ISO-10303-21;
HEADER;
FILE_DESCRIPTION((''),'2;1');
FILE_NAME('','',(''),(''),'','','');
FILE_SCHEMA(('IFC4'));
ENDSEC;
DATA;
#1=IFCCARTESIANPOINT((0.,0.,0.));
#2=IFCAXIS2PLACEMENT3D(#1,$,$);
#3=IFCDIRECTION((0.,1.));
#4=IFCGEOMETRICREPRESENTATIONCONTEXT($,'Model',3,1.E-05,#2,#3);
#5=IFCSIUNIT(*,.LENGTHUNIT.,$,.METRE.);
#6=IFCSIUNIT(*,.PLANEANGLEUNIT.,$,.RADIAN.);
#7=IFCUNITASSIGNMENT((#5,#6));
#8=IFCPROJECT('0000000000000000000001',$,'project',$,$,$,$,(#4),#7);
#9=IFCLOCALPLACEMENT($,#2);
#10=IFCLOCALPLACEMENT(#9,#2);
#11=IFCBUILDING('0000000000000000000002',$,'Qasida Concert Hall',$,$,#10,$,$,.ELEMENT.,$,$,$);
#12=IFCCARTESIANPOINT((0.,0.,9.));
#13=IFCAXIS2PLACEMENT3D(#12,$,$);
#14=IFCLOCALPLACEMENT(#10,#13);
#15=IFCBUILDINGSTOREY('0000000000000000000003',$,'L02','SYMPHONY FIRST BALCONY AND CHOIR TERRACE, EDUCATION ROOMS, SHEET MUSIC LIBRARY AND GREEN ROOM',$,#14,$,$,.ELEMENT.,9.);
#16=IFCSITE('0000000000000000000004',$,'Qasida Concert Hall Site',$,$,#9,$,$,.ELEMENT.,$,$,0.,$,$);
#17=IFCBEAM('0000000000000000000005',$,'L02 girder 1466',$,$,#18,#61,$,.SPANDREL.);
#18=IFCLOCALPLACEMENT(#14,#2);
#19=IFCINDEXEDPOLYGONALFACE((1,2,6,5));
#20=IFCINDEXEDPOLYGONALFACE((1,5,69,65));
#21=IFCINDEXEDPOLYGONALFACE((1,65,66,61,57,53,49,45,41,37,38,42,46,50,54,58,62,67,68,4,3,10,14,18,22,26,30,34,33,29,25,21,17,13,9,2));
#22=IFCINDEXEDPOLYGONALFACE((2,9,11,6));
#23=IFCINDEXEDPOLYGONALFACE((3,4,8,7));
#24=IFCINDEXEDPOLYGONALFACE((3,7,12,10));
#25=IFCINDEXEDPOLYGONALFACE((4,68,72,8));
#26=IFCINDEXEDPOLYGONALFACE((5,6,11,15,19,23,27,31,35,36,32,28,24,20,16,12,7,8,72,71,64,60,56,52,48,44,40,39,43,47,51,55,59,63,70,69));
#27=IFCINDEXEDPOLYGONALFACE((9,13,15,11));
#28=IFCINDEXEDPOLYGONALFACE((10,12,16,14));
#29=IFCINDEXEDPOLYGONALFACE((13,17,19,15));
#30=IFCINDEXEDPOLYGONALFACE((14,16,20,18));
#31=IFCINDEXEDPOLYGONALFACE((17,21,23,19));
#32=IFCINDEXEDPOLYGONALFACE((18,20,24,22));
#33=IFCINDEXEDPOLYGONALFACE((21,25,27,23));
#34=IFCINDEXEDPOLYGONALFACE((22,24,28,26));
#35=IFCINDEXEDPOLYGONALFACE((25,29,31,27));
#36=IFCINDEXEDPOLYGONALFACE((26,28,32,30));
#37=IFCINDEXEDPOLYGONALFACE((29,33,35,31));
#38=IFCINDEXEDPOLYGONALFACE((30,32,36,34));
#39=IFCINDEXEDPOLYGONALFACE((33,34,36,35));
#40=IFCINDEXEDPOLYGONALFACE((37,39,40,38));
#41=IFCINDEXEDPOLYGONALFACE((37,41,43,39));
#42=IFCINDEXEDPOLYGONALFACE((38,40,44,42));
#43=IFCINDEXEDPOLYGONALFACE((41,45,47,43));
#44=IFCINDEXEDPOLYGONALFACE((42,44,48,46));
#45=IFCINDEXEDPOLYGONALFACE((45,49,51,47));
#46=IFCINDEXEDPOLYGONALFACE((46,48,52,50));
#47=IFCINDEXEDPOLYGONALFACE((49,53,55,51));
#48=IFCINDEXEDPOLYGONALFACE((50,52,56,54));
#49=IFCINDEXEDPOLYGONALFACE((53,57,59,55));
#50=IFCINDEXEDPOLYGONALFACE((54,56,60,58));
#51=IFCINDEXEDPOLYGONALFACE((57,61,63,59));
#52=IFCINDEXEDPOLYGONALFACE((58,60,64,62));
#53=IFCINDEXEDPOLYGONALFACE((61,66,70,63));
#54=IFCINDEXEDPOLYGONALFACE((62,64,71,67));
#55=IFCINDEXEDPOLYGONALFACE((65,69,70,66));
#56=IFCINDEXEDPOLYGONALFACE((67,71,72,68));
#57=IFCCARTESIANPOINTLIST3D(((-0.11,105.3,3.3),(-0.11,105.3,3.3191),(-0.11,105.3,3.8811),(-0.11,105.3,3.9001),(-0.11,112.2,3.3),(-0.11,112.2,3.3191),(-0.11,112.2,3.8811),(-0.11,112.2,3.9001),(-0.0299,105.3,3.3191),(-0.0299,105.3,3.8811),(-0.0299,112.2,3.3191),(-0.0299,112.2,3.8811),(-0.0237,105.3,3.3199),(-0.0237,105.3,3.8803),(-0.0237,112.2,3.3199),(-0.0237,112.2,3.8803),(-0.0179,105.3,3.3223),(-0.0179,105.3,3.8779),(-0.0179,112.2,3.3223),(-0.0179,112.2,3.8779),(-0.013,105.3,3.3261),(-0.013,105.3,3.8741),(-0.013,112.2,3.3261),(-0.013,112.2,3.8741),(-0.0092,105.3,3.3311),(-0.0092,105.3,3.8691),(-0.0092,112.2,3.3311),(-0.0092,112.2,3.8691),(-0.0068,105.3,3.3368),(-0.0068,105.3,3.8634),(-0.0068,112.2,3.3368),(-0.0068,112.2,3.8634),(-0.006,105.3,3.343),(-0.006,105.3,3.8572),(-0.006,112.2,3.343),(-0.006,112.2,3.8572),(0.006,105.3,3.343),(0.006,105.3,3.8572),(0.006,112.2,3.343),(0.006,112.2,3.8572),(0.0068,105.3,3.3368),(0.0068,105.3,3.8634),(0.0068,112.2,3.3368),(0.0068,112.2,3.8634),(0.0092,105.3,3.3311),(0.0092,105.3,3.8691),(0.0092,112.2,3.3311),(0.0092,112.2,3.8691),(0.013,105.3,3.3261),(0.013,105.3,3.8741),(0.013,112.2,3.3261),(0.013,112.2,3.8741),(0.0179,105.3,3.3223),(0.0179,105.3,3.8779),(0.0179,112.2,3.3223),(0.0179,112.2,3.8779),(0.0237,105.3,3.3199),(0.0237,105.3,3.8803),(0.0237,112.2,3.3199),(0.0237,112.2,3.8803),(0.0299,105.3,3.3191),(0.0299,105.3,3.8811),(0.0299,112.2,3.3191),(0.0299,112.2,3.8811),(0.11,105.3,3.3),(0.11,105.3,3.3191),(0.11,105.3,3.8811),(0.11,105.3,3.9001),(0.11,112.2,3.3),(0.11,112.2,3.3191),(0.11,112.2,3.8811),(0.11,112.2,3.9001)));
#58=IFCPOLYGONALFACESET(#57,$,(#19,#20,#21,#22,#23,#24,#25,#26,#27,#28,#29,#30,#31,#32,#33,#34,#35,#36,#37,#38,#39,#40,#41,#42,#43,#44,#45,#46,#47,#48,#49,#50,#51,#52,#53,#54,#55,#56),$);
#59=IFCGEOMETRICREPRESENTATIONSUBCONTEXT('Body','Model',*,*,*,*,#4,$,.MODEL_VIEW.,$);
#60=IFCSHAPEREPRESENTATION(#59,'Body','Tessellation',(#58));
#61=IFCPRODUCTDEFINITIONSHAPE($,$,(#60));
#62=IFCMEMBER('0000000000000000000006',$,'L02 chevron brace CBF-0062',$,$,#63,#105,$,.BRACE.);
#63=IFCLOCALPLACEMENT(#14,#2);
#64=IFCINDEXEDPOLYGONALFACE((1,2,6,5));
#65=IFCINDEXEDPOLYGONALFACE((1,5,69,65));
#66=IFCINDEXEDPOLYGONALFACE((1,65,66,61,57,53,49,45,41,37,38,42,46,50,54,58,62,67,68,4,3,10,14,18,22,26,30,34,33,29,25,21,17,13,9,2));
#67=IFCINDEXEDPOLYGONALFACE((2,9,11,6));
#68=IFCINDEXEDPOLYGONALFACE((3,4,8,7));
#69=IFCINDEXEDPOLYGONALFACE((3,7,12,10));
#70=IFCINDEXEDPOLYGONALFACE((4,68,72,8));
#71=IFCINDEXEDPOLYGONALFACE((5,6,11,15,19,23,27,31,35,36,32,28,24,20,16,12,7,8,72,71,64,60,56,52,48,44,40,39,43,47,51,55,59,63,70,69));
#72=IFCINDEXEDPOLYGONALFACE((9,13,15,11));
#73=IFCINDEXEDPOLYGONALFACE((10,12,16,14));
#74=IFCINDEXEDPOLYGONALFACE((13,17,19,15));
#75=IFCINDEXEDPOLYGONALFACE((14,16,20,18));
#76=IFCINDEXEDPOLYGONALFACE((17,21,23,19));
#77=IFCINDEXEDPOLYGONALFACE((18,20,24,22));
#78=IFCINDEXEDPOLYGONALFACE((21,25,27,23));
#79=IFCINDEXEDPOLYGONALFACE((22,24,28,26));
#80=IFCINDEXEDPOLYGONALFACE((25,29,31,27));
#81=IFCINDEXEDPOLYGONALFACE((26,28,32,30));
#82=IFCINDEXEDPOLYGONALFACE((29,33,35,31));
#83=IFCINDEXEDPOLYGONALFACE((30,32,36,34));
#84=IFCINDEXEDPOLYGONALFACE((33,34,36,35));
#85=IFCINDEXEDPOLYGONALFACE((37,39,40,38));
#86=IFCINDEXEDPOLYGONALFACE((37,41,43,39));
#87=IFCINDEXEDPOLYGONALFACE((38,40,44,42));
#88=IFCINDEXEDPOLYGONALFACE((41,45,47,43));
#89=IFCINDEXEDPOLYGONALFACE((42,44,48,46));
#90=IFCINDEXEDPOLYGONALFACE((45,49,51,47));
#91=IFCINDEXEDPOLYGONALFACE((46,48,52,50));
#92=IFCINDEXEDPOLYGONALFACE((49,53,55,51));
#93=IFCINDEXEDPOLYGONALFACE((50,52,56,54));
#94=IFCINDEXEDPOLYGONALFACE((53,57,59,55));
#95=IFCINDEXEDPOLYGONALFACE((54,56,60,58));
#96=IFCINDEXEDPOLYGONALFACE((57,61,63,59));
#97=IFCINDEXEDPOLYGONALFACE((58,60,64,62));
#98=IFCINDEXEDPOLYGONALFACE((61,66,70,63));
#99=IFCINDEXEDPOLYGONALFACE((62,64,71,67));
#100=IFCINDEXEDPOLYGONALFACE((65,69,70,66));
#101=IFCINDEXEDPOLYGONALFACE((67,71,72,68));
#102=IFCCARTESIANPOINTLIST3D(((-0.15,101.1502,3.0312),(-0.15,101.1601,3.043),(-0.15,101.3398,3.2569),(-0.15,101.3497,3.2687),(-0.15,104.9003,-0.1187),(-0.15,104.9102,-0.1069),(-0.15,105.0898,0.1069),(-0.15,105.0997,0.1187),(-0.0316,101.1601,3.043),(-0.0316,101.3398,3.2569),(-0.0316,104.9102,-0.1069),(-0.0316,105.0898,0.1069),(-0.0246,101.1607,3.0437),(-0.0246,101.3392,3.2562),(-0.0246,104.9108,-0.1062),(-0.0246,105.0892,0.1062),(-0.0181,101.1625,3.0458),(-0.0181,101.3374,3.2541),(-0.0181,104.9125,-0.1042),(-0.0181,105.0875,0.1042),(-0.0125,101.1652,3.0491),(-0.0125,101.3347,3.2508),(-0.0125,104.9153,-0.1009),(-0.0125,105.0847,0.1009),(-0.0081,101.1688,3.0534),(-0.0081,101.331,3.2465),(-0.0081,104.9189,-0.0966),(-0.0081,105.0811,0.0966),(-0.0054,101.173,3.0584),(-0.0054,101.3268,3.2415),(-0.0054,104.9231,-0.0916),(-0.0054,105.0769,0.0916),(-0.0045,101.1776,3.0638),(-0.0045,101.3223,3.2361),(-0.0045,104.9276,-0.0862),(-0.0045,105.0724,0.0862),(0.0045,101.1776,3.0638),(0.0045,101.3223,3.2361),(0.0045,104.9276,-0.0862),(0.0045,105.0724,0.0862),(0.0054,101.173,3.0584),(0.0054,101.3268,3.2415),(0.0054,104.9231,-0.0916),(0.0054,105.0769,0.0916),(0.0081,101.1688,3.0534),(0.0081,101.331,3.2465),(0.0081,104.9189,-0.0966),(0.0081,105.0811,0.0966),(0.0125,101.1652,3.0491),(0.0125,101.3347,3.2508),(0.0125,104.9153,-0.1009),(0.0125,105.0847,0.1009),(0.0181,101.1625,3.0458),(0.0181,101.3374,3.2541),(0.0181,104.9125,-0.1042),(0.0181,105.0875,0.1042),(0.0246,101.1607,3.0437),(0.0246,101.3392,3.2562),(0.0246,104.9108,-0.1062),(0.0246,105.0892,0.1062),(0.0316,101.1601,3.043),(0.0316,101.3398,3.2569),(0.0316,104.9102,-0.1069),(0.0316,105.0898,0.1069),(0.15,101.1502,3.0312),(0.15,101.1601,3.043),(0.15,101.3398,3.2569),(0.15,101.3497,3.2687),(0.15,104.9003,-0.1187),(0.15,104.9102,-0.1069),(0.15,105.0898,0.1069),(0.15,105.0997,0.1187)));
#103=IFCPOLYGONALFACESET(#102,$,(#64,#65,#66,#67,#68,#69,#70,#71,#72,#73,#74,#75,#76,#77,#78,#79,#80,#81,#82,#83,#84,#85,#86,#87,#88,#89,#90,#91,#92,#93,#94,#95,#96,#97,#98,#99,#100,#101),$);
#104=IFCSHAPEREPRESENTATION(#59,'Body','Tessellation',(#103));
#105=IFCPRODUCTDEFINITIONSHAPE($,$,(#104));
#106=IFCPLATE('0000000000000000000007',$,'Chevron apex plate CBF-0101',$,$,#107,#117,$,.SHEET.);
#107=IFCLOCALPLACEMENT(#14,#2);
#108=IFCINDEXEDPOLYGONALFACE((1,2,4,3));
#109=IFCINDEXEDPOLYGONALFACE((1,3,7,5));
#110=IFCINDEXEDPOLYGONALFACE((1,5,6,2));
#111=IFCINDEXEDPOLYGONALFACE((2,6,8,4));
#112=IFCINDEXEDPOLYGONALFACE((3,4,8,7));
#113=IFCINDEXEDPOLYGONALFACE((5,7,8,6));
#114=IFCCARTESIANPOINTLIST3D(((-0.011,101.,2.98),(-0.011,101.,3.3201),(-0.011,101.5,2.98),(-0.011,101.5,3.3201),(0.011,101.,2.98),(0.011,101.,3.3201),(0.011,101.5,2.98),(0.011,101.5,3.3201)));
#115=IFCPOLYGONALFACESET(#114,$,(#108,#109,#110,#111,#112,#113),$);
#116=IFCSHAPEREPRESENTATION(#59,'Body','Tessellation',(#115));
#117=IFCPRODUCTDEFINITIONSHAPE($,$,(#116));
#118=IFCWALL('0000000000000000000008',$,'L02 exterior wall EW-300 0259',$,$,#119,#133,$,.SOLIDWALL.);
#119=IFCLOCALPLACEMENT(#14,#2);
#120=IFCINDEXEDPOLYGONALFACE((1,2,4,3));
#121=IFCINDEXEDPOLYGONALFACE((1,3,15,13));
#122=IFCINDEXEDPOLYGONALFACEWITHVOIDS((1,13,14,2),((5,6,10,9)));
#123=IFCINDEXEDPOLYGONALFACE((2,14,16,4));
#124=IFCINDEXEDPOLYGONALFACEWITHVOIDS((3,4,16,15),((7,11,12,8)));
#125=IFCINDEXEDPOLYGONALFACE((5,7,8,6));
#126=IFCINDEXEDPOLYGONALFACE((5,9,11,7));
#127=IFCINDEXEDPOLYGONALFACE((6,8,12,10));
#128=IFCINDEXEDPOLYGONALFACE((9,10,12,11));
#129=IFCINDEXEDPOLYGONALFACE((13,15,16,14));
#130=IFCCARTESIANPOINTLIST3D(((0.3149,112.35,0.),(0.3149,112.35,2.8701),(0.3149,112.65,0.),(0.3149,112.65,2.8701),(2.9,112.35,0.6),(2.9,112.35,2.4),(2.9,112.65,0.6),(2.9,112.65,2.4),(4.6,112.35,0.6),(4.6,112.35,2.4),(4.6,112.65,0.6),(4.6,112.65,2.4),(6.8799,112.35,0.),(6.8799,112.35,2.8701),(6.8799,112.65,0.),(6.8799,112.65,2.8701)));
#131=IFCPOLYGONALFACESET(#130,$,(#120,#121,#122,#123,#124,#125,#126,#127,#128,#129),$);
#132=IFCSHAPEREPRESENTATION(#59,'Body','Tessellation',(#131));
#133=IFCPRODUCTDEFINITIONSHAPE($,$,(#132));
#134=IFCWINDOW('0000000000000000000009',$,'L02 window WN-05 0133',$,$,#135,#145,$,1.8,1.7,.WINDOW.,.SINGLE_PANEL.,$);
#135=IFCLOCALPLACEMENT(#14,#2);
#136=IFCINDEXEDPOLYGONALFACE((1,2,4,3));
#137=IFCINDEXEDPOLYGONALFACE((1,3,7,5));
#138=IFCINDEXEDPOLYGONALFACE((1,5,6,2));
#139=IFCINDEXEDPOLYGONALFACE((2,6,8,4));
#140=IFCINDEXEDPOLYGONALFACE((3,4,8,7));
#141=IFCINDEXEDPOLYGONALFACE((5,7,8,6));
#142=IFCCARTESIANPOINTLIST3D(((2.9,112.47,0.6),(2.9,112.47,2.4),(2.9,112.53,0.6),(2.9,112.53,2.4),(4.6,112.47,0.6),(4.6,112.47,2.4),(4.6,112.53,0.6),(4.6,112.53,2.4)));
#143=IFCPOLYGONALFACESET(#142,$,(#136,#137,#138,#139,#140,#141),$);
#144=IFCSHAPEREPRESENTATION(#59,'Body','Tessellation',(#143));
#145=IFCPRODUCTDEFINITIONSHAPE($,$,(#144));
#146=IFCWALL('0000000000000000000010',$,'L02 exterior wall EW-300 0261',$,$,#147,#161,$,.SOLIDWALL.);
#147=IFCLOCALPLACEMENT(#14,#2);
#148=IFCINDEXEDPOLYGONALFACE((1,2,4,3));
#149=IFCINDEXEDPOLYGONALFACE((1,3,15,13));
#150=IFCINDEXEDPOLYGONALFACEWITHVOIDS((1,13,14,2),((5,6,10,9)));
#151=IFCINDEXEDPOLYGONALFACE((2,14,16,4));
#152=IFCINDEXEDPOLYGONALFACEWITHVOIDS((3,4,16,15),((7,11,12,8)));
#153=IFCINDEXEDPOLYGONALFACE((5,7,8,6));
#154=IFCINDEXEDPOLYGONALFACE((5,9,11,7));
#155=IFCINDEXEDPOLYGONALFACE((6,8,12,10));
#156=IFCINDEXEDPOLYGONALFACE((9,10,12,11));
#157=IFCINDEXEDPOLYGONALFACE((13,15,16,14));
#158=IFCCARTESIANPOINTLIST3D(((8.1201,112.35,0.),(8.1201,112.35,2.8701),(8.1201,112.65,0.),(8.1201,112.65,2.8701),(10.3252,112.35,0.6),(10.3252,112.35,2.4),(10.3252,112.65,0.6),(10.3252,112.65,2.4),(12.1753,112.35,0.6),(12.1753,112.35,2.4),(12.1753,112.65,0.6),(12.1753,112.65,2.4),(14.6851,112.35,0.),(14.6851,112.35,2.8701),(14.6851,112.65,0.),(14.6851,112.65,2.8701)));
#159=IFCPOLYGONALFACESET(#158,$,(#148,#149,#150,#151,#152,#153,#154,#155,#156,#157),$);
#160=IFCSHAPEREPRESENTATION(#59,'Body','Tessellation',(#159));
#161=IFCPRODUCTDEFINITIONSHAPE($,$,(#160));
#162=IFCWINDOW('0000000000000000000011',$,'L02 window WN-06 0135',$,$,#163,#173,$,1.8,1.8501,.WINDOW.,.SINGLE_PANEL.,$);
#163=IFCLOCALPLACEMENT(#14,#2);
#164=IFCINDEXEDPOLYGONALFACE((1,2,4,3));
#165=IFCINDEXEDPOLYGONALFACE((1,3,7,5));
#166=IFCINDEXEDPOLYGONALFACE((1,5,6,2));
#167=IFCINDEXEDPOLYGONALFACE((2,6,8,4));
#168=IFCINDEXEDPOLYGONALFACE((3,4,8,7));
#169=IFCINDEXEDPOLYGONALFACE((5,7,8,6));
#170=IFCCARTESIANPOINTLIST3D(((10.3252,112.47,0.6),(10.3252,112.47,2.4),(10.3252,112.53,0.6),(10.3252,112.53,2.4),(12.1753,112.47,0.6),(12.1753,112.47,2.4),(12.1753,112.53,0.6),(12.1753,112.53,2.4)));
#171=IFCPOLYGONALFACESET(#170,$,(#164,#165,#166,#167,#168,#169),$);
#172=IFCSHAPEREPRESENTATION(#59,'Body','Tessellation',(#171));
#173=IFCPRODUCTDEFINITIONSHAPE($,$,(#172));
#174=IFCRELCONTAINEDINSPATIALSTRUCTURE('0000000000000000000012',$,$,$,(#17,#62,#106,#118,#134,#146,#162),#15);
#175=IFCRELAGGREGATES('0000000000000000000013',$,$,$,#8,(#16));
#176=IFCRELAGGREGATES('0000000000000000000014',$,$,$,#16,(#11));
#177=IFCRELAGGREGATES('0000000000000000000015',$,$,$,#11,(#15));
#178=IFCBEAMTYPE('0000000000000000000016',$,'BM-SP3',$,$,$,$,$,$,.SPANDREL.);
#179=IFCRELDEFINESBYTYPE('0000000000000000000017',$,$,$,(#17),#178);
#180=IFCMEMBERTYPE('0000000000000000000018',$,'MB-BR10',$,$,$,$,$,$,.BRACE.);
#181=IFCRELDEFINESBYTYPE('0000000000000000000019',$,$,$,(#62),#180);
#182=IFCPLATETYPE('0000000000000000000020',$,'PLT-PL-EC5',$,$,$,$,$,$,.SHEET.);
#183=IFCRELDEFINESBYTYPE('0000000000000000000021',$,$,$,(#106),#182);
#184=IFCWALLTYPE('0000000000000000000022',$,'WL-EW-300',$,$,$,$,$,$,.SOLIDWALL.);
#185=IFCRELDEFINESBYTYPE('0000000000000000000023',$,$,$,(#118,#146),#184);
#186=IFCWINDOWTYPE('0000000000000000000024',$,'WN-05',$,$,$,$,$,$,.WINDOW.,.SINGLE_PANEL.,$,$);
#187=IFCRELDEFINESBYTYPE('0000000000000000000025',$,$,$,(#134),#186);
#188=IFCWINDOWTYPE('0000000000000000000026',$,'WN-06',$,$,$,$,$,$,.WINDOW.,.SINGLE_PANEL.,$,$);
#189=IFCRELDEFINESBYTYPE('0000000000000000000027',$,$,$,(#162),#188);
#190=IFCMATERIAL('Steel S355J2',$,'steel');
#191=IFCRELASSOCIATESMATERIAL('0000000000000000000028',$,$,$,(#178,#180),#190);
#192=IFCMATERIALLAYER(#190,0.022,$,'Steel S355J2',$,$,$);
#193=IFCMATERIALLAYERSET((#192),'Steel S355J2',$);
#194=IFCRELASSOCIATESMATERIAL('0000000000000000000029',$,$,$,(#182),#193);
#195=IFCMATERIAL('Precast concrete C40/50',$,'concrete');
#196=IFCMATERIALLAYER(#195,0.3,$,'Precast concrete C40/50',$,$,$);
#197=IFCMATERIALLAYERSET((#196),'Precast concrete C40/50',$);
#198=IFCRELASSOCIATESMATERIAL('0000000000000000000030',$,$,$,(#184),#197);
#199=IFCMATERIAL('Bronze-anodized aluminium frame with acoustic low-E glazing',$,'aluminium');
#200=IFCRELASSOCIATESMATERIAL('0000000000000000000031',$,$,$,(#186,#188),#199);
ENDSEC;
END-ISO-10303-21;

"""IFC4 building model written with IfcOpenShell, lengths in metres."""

from ifc_helpers import new_model, si_unit, direction, frame, frame_2d, origin, origin_2d, place, context, subcontext, project, spatial, rectangle, i_section, extrude, material, layer, layer_set, material_profile, profile_set, type_object, element, fill, save


model = new_model("IFC4")

# Units and contexts
model_context = context("Model", 3, precision=1e-05, world=origin(), true_north=direction((0.0, 1.0)))
body_context = subcontext(model_context, "Body", "Model", "MODEL_VIEW")
ifc_project = project(units=[si_unit("LENGTHUNIT", "METRE"), si_unit("PLANEANGLEUNIT", "RADIAN")], contexts=[model_context])

# Site, building, storey
site_placement = place(None, origin())
site = spatial("IfcSite", under=ifc_project, at=site_placement, Name="Qasida Concert Hall Site", CompositionType="ELEMENT", RefElevation=0.0)
building_placement = place(site_placement, origin())
building = spatial("IfcBuilding", under=site, at=building_placement, Name="Qasida Concert Hall", CompositionType="ELEMENT")
storey_placement = place(building_placement, frame((0.0, 0.0, 9.0)))
storey = spatial("IfcBuildingStorey", under=building, at=storey_placement, Name="L02", Description="SYMPHONY FIRST BALCONY AND CHOIR TERRACE, EDUCATION ROOMS, SHEET MUSIC LIBRARY AND GREEN ROOM", CompositionType="ELEMENT", Elevation=9.0)

# Beam
ifc_material_1 = material(Name="Steel S355J2", Category="steel")
ifc_material_profile_1 = material_profile(ifc_material_1, i_section(OverallWidth=0.22, OverallDepth=0.6001, WebThickness=0.012, FlangeThickness=0.019, FilletRadius=0.0239, at=origin_2d()), Name="IPE 600")
ifc_profile_set_1 = profile_set([ifc_material_profile_1], Name="Steel S355J2")
beam_type_1 = type_object("IfcBeamType", Name="BM-SP3", PredefinedType="SPANDREL", material=ifc_profile_set_1)
beam_1_placement = place(storey_placement, frame((0.0, 105.3, 3.6001), z_axis=(0.0, 1.0, 0.0), x_axis=(-1.0, 0.0, 0.0)))
element("IfcBeam", 1, at=beam_1_placement, inside=storey, type_object=beam_type_1, Name="L02 girder 1466", PredefinedType="SPANDREL", context=body_context, shape_type="SweptSolid", body=[
    extrude(i_section(OverallWidth=0.22, OverallDepth=0.6001, WebThickness=0.012, FlangeThickness=0.019, FilletRadius=0.0239, at=origin_2d()), origin(), (0.0, 0.0, 1.0), 6.8999),
])

# Member
ifc_material_profile_2 = material_profile(ifc_material_1, i_section(OverallWidth=0.3, OverallDepth=0.3101, WebThickness=0.009, FlangeThickness=0.0154, FilletRadius=0.0271, at=origin_2d()), Name="HEA 320")
ifc_profile_set_2 = profile_set([ifc_material_profile_2], Name="Steel S355J2")
member_type = type_object("IfcMemberType", Name="MB-BR10", PredefinedType="BRACE", material=ifc_profile_set_2)
member_placement = place(storey_placement, frame((0.0, 105.0, 0.0), z_axis=(0.0, -0.765715, 0.64318), x_axis=(1.0, 0.0, 0.0)))
element("IfcMember", 2, at=member_placement, inside=storey, type_object=member_type, Name="L02 chevron brace CBF-0062", PredefinedType="BRACE", context=body_context, shape_type="SweptSolid", body=[
    extrude(i_section(OverallWidth=0.3, OverallDepth=0.3101, WebThickness=0.009, FlangeThickness=0.0154, FilletRadius=0.0271, at=origin_2d()), origin(), (0.0, 0.0, 1.0), 4.8975),
])

# Plate
ifc_layer_1 = layer(ifc_material_1, 0.022, Name="Steel S355J2")
ifc_layer_set_1 = layer_set([ifc_layer_1], Name="Steel S355J2")
plate_type = type_object("IfcPlateType", Name="PLT-PL-EC5", PredefinedType="SHEET", material=ifc_layer_set_1)
plate_placement = place(storey_placement, frame((0.0, 101.25, 2.98), z_axis=(0.0, 0.0, 1.0), x_axis=(0.0, 1.0, 0.0)))
element("IfcPlate", 3, at=plate_placement, inside=storey, type_object=plate_type, Name="Chevron apex plate CBF-0101", PredefinedType="SHEET", context=body_context, shape_type="SweptSolid", body=[
    extrude(rectangle(XDim=0.5, YDim=0.022, at=origin_2d()), origin(), (0.0, 0.0, 1.0), 0.3401),
])

# Walls, openings, windows
ifc_material_2 = material(Name="Precast concrete C40/50", Category="concrete")
ifc_layer_2 = layer(ifc_material_2, 0.3, Name="Precast concrete C40/50")
ifc_layer_set_2 = layer_set([ifc_layer_2], Name="Precast concrete C40/50")
wall_type_1 = type_object("IfcWallType", Name="WL-EW-300", PredefinedType="SOLIDWALL", material=ifc_layer_set_2)
wall_1_placement = place(storey_placement, frame((0.3149, 112.5, 0.0), z_axis=(0.0, 0.0, 1.0), x_axis=(1.0, 0.0, 0.0)))
wall_1 = element("IfcWall", 4, at=wall_1_placement, inside=storey, type_object=wall_type_1, Name="L02 exterior wall EW-300 0259", PredefinedType="SOLIDWALL", context=body_context, shape_type="SweptSolid", body=[
    extrude(rectangle(XDim=6.5649, YDim=0.3, at=frame_2d((3.2825, 0.0))), origin(), (0.0, 0.0, 1.0), 2.8701),
])
opening_1_placement = place(wall_1_placement, frame((2.585, 0.0, 0.6001)))
opening_1 = element("IfcOpeningElement", 5, at=opening_1_placement, cuts=wall_1, PredefinedType="OPENING", context=body_context, shape_type="SweptSolid", body=[
    extrude(rectangle(XDim=1.7, YDim=1.8, at=frame_2d((0.8501, 0.8999))), frame((0.0, 0.1599, 0.0), z_axis=(0.0, -1.0, 0.0), x_axis=(1.0, 0.0, 0.0)), (0.0, 0.0, 1.0), 0.3201),
])
ifc_material_3 = material(Name="Bronze-anodized aluminium frame with acoustic low-E glazing", Category="aluminium")
window_type_1 = type_object("IfcWindowType", Name="WN-05", PartitioningType="SINGLE_PANEL", PredefinedType="WINDOW", material=ifc_material_3)
window_1_placement = place(opening_1_placement, origin())
window_1 = element("IfcWindow", 6, at=window_1_placement, inside=storey, type_object=window_type_1, Name="L02 window WN-05 0133", OverallHeight=1.8, OverallWidth=1.7, PartitioningType="SINGLE_PANEL", PredefinedType="WINDOW", context=body_context, shape_type="SweptSolid", body=[
    extrude(rectangle(XDim=1.7, YDim=1.8, at=frame_2d((0.8501, 0.8999))), frame((0.0, 0.03, 0.0), z_axis=(0.0, -1.0, 0.0), x_axis=(1.0, 0.0, 0.0)), (0.0, 0.0, 1.0), 0.0601),
])
fill(opening_1, window_1)
wall_2_placement = place(storey_placement, frame((8.1201, 112.5, 0.0), z_axis=(0.0, 0.0, 1.0), x_axis=(1.0, 0.0, 0.0)))
wall_2 = element("IfcWall", 7, at=wall_2_placement, inside=storey, type_object=wall_type_1, Name="L02 exterior wall EW-300 0261", PredefinedType="SOLIDWALL", context=body_context, shape_type="SweptSolid", body=[
    extrude(rectangle(XDim=6.5649, YDim=0.3, at=frame_2d((3.2825, 0.0))), origin(), (0.0, 0.0, 1.0), 2.8701),
])
opening_2_placement = place(wall_2_placement, frame((2.2051, 0.0, 0.6001)))
opening_2 = element("IfcOpeningElement", 8, at=opening_2_placement, cuts=wall_2, PredefinedType="OPENING", context=body_context, shape_type="SweptSolid", body=[
    extrude(rectangle(XDim=1.8501, YDim=1.8, at=frame_2d((0.925, 0.8999))), frame((0.0, 0.1599, 0.0), z_axis=(0.0, -1.0, 0.0), x_axis=(1.0, 0.0, 0.0)), (0.0, 0.0, 1.0), 0.3201),
])
window_type_2 = type_object("IfcWindowType", Name="WN-06", PartitioningType="SINGLE_PANEL", PredefinedType="WINDOW", material=ifc_material_3)
window_2_placement = place(opening_2_placement, origin())
window_2 = element("IfcWindow", 9, at=window_2_placement, inside=storey, type_object=window_type_2, Name="L02 window WN-06 0135", OverallHeight=1.8, OverallWidth=1.8501, PartitioningType="SINGLE_PANEL", PredefinedType="WINDOW", context=body_context, shape_type="SweptSolid", body=[
    extrude(rectangle(XDim=1.8501, YDim=1.8, at=frame_2d((0.925, 0.8999))), frame((0.0, 0.03, 0.0), z_axis=(0.0, -1.0, 0.0), x_axis=(1.0, 0.0, 0.0)), (0.0, 0.0, 1.0), 0.0601),
])
fill(opening_2, window_2)

save(model, "model.ifc")
